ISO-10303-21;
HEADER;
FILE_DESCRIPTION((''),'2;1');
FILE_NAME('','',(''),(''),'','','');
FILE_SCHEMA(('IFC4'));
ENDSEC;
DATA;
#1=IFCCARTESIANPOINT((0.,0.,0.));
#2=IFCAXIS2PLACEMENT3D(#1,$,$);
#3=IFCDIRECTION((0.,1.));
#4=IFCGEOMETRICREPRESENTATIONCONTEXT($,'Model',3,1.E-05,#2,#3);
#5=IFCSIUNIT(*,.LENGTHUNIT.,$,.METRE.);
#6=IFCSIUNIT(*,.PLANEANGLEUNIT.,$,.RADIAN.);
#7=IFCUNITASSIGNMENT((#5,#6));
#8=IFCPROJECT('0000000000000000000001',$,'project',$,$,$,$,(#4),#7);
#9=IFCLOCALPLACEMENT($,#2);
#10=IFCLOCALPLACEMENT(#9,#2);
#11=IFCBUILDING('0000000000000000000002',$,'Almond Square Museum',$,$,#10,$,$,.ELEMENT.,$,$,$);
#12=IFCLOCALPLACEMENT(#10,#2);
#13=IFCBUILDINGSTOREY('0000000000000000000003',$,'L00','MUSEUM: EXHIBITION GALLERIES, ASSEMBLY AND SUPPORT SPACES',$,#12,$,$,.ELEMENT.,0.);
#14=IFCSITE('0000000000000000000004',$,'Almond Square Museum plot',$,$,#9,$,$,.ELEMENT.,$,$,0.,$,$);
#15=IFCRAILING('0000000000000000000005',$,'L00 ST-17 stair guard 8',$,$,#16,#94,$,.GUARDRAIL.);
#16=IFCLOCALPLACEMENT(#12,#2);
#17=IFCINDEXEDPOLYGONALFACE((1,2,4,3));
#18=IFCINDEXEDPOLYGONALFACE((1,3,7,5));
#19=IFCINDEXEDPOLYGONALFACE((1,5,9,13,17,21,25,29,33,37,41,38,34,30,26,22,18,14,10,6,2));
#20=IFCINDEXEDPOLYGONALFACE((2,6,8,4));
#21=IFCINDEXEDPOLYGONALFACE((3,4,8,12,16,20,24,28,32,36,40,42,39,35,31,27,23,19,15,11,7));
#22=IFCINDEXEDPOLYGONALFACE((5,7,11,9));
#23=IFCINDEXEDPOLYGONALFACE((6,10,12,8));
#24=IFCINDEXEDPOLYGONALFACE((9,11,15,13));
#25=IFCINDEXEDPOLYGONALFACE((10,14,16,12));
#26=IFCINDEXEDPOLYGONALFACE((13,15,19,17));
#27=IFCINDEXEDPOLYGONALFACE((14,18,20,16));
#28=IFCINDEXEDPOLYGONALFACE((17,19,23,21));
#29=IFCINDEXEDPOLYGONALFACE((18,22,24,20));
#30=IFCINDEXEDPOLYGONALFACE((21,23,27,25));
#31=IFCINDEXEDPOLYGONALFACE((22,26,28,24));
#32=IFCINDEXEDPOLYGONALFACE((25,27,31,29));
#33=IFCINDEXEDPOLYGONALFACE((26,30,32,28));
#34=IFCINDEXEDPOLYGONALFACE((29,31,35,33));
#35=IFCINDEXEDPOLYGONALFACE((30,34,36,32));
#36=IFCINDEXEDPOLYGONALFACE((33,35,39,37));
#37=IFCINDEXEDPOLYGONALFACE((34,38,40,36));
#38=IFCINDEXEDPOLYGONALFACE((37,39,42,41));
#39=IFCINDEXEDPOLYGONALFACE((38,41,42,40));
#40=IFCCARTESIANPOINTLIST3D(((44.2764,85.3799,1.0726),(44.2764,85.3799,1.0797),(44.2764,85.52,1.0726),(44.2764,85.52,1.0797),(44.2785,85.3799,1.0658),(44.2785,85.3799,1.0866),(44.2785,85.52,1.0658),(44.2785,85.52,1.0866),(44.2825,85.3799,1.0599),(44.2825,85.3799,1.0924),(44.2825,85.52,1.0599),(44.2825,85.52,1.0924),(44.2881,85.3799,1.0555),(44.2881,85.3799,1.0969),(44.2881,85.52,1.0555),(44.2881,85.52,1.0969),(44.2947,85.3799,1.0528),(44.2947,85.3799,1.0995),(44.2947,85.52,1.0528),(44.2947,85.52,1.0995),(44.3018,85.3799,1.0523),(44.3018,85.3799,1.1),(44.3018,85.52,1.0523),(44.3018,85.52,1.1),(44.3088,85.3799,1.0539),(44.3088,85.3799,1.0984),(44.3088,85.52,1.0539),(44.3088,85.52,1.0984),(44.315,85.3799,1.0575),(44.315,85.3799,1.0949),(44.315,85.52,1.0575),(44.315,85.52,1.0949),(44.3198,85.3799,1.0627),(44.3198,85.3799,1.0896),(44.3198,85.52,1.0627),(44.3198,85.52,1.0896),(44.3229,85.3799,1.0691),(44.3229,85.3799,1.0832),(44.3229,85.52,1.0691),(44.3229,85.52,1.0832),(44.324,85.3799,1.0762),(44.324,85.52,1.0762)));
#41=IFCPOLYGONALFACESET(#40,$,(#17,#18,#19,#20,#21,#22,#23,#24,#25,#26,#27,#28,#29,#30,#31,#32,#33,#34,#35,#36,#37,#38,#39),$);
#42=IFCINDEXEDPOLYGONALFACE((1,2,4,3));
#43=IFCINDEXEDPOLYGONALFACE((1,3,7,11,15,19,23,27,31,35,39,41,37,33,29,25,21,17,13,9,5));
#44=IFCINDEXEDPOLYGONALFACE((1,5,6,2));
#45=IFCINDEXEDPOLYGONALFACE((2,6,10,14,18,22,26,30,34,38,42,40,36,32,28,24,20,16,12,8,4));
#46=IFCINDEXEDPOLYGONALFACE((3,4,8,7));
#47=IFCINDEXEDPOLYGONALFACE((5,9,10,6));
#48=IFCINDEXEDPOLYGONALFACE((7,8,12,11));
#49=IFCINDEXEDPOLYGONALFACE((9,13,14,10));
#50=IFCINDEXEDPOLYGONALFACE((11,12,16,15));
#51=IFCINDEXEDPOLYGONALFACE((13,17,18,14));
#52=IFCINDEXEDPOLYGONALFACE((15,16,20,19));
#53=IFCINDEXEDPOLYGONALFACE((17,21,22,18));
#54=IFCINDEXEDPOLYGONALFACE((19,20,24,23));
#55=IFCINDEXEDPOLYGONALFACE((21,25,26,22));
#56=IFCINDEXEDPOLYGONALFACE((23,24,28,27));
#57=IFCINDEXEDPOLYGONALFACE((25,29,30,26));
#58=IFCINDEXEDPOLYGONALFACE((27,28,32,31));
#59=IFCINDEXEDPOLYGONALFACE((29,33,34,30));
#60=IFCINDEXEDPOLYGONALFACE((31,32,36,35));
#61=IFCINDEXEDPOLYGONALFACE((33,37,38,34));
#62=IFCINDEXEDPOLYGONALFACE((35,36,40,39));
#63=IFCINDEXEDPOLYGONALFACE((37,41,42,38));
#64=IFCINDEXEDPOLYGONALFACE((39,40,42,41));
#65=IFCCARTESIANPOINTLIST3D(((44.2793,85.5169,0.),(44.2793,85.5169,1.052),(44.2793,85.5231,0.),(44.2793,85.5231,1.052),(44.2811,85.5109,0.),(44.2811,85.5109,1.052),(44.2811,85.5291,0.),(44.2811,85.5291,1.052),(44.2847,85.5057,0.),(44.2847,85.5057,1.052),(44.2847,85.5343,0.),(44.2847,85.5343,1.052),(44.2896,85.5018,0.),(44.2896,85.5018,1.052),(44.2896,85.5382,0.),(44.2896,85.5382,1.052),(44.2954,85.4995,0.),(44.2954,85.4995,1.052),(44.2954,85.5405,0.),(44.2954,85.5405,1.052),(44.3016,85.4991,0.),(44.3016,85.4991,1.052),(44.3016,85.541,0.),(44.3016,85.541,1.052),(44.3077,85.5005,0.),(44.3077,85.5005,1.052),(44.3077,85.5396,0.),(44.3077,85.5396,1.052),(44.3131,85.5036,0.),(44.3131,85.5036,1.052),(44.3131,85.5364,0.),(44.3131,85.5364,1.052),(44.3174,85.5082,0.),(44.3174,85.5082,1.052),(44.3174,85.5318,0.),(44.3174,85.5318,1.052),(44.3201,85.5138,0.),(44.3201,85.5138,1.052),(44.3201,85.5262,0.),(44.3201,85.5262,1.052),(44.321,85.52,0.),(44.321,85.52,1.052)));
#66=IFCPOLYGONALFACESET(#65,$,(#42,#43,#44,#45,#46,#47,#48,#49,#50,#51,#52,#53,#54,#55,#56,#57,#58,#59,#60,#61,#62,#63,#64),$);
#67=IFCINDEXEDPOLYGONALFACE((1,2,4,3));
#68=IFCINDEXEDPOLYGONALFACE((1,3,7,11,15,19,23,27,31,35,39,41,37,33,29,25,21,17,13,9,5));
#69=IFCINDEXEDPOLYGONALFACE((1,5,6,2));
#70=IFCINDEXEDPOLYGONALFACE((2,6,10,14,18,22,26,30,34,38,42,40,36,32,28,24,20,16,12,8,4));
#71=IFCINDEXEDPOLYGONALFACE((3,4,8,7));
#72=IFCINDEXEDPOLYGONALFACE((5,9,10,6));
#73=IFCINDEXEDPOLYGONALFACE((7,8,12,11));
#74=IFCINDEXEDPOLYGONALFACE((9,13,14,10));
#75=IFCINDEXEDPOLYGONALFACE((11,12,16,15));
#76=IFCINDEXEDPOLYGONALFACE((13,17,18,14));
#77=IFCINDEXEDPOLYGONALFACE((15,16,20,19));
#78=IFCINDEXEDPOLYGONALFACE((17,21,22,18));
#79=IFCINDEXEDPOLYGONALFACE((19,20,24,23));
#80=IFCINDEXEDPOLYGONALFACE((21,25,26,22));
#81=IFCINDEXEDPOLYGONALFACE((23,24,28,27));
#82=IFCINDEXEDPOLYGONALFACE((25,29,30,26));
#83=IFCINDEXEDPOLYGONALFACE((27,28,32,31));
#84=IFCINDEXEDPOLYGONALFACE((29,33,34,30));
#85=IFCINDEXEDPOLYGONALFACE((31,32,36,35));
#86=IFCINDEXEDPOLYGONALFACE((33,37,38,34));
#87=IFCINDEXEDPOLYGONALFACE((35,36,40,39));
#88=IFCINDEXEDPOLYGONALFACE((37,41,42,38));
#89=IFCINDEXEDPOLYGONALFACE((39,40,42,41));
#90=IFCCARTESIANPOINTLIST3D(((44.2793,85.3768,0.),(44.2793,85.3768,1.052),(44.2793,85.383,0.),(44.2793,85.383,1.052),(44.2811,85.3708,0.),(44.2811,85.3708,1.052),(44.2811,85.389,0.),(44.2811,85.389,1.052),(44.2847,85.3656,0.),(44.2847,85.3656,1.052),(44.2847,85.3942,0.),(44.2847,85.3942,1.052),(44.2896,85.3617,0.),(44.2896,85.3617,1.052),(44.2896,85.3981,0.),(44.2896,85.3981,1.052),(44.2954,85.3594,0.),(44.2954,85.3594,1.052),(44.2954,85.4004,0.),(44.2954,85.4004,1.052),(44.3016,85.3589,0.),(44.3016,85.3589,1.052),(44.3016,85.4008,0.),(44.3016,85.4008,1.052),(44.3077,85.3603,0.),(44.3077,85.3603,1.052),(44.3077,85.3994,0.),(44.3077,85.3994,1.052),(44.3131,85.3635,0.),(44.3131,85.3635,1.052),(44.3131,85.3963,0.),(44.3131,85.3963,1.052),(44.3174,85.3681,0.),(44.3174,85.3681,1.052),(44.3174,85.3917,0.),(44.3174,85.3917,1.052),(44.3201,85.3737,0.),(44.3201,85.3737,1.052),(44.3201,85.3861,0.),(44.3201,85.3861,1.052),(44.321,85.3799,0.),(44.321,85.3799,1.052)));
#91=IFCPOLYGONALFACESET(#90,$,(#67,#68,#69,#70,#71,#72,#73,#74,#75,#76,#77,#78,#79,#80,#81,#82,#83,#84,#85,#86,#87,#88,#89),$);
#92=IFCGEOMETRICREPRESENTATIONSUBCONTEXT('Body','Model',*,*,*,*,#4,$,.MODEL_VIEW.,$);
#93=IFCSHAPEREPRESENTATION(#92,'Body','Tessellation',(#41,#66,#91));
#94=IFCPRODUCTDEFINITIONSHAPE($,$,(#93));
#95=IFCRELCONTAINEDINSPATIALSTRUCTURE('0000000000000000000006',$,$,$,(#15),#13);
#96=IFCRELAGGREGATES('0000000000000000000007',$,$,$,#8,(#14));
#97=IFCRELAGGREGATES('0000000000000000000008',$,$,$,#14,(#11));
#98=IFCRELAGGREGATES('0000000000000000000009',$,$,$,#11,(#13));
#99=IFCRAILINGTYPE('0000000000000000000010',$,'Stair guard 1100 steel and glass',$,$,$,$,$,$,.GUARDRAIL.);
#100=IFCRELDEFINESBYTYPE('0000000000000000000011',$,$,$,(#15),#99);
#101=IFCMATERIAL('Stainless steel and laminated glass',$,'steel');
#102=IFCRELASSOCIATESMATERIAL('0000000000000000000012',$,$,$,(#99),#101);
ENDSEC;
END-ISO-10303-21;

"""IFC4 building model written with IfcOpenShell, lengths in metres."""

from ifc_helpers import new_model, si_unit, direction, frame, origin, origin_2d, place, context, subcontext, project, spatial, circle, extrude, material, type_object, element, save


model = new_model("IFC4")

# Units and contexts
model_context = context("Model", 3, precision=1e-05, world=origin(), true_north=direction((0.0, 1.0)))
body_context = subcontext(model_context, "Body", "Model", "MODEL_VIEW")
ifc_project = project(units=[si_unit("LENGTHUNIT", "METRE"), si_unit("PLANEANGLEUNIT", "RADIAN")], contexts=[model_context])

# Site, building, storey
site_placement = place(None, origin())
site = spatial("IfcSite", under=ifc_project, at=site_placement, Name="Almond Square Museum plot", CompositionType="ELEMENT", RefElevation=0.0)
building_placement = place(site_placement, origin())
building = spatial("IfcBuilding", under=site, at=building_placement, Name="Almond Square Museum", CompositionType="ELEMENT")
storey_placement = place(building_placement, origin())
storey = spatial("IfcBuildingStorey", under=building, at=storey_placement, Name="L00", Description="MUSEUM: EXHIBITION GALLERIES, ASSEMBLY AND SUPPORT SPACES", CompositionType="ELEMENT", Elevation=0.0)

# Railing
ifc_material_1 = material(Name="Stainless steel and laminated glass", Category="steel")
railing_type_1 = type_object("IfcRailingType", Name="Stair guard 1100 steel and glass", PredefinedType="GUARDRAIL", material=ifc_material_1)
railing_1_placement = place(storey_placement, frame((44.3, 85.52, 0.0)))
element("IfcRailing", 1, at=railing_1_placement, inside=storey, type_object=railing_type_1, Name="L00 ST-17 stair guard 8", PredefinedType="GUARDRAIL", context=body_context, shape_type="SweptSolid", body=[
    extrude(circle(Radius=0.0239, at=origin_2d()), frame((0.0, 0.0, 1.0762), z_axis=(0.0, -1.0, 0.0), x_axis=(1.0, 0.0, 0.0)), (0.0, 0.0, 1.0), 0.1401),
    extrude(circle(Radius=0.021, at=origin_2d()), origin(), (0.0, 0.0, 1.0), 1.052),
    extrude(circle(Radius=0.021, at=origin_2d()), frame((0.0, -0.1401, 0.0)), (0.0, 0.0, 1.0), 1.052),
])

save(model, "model.ifc")
